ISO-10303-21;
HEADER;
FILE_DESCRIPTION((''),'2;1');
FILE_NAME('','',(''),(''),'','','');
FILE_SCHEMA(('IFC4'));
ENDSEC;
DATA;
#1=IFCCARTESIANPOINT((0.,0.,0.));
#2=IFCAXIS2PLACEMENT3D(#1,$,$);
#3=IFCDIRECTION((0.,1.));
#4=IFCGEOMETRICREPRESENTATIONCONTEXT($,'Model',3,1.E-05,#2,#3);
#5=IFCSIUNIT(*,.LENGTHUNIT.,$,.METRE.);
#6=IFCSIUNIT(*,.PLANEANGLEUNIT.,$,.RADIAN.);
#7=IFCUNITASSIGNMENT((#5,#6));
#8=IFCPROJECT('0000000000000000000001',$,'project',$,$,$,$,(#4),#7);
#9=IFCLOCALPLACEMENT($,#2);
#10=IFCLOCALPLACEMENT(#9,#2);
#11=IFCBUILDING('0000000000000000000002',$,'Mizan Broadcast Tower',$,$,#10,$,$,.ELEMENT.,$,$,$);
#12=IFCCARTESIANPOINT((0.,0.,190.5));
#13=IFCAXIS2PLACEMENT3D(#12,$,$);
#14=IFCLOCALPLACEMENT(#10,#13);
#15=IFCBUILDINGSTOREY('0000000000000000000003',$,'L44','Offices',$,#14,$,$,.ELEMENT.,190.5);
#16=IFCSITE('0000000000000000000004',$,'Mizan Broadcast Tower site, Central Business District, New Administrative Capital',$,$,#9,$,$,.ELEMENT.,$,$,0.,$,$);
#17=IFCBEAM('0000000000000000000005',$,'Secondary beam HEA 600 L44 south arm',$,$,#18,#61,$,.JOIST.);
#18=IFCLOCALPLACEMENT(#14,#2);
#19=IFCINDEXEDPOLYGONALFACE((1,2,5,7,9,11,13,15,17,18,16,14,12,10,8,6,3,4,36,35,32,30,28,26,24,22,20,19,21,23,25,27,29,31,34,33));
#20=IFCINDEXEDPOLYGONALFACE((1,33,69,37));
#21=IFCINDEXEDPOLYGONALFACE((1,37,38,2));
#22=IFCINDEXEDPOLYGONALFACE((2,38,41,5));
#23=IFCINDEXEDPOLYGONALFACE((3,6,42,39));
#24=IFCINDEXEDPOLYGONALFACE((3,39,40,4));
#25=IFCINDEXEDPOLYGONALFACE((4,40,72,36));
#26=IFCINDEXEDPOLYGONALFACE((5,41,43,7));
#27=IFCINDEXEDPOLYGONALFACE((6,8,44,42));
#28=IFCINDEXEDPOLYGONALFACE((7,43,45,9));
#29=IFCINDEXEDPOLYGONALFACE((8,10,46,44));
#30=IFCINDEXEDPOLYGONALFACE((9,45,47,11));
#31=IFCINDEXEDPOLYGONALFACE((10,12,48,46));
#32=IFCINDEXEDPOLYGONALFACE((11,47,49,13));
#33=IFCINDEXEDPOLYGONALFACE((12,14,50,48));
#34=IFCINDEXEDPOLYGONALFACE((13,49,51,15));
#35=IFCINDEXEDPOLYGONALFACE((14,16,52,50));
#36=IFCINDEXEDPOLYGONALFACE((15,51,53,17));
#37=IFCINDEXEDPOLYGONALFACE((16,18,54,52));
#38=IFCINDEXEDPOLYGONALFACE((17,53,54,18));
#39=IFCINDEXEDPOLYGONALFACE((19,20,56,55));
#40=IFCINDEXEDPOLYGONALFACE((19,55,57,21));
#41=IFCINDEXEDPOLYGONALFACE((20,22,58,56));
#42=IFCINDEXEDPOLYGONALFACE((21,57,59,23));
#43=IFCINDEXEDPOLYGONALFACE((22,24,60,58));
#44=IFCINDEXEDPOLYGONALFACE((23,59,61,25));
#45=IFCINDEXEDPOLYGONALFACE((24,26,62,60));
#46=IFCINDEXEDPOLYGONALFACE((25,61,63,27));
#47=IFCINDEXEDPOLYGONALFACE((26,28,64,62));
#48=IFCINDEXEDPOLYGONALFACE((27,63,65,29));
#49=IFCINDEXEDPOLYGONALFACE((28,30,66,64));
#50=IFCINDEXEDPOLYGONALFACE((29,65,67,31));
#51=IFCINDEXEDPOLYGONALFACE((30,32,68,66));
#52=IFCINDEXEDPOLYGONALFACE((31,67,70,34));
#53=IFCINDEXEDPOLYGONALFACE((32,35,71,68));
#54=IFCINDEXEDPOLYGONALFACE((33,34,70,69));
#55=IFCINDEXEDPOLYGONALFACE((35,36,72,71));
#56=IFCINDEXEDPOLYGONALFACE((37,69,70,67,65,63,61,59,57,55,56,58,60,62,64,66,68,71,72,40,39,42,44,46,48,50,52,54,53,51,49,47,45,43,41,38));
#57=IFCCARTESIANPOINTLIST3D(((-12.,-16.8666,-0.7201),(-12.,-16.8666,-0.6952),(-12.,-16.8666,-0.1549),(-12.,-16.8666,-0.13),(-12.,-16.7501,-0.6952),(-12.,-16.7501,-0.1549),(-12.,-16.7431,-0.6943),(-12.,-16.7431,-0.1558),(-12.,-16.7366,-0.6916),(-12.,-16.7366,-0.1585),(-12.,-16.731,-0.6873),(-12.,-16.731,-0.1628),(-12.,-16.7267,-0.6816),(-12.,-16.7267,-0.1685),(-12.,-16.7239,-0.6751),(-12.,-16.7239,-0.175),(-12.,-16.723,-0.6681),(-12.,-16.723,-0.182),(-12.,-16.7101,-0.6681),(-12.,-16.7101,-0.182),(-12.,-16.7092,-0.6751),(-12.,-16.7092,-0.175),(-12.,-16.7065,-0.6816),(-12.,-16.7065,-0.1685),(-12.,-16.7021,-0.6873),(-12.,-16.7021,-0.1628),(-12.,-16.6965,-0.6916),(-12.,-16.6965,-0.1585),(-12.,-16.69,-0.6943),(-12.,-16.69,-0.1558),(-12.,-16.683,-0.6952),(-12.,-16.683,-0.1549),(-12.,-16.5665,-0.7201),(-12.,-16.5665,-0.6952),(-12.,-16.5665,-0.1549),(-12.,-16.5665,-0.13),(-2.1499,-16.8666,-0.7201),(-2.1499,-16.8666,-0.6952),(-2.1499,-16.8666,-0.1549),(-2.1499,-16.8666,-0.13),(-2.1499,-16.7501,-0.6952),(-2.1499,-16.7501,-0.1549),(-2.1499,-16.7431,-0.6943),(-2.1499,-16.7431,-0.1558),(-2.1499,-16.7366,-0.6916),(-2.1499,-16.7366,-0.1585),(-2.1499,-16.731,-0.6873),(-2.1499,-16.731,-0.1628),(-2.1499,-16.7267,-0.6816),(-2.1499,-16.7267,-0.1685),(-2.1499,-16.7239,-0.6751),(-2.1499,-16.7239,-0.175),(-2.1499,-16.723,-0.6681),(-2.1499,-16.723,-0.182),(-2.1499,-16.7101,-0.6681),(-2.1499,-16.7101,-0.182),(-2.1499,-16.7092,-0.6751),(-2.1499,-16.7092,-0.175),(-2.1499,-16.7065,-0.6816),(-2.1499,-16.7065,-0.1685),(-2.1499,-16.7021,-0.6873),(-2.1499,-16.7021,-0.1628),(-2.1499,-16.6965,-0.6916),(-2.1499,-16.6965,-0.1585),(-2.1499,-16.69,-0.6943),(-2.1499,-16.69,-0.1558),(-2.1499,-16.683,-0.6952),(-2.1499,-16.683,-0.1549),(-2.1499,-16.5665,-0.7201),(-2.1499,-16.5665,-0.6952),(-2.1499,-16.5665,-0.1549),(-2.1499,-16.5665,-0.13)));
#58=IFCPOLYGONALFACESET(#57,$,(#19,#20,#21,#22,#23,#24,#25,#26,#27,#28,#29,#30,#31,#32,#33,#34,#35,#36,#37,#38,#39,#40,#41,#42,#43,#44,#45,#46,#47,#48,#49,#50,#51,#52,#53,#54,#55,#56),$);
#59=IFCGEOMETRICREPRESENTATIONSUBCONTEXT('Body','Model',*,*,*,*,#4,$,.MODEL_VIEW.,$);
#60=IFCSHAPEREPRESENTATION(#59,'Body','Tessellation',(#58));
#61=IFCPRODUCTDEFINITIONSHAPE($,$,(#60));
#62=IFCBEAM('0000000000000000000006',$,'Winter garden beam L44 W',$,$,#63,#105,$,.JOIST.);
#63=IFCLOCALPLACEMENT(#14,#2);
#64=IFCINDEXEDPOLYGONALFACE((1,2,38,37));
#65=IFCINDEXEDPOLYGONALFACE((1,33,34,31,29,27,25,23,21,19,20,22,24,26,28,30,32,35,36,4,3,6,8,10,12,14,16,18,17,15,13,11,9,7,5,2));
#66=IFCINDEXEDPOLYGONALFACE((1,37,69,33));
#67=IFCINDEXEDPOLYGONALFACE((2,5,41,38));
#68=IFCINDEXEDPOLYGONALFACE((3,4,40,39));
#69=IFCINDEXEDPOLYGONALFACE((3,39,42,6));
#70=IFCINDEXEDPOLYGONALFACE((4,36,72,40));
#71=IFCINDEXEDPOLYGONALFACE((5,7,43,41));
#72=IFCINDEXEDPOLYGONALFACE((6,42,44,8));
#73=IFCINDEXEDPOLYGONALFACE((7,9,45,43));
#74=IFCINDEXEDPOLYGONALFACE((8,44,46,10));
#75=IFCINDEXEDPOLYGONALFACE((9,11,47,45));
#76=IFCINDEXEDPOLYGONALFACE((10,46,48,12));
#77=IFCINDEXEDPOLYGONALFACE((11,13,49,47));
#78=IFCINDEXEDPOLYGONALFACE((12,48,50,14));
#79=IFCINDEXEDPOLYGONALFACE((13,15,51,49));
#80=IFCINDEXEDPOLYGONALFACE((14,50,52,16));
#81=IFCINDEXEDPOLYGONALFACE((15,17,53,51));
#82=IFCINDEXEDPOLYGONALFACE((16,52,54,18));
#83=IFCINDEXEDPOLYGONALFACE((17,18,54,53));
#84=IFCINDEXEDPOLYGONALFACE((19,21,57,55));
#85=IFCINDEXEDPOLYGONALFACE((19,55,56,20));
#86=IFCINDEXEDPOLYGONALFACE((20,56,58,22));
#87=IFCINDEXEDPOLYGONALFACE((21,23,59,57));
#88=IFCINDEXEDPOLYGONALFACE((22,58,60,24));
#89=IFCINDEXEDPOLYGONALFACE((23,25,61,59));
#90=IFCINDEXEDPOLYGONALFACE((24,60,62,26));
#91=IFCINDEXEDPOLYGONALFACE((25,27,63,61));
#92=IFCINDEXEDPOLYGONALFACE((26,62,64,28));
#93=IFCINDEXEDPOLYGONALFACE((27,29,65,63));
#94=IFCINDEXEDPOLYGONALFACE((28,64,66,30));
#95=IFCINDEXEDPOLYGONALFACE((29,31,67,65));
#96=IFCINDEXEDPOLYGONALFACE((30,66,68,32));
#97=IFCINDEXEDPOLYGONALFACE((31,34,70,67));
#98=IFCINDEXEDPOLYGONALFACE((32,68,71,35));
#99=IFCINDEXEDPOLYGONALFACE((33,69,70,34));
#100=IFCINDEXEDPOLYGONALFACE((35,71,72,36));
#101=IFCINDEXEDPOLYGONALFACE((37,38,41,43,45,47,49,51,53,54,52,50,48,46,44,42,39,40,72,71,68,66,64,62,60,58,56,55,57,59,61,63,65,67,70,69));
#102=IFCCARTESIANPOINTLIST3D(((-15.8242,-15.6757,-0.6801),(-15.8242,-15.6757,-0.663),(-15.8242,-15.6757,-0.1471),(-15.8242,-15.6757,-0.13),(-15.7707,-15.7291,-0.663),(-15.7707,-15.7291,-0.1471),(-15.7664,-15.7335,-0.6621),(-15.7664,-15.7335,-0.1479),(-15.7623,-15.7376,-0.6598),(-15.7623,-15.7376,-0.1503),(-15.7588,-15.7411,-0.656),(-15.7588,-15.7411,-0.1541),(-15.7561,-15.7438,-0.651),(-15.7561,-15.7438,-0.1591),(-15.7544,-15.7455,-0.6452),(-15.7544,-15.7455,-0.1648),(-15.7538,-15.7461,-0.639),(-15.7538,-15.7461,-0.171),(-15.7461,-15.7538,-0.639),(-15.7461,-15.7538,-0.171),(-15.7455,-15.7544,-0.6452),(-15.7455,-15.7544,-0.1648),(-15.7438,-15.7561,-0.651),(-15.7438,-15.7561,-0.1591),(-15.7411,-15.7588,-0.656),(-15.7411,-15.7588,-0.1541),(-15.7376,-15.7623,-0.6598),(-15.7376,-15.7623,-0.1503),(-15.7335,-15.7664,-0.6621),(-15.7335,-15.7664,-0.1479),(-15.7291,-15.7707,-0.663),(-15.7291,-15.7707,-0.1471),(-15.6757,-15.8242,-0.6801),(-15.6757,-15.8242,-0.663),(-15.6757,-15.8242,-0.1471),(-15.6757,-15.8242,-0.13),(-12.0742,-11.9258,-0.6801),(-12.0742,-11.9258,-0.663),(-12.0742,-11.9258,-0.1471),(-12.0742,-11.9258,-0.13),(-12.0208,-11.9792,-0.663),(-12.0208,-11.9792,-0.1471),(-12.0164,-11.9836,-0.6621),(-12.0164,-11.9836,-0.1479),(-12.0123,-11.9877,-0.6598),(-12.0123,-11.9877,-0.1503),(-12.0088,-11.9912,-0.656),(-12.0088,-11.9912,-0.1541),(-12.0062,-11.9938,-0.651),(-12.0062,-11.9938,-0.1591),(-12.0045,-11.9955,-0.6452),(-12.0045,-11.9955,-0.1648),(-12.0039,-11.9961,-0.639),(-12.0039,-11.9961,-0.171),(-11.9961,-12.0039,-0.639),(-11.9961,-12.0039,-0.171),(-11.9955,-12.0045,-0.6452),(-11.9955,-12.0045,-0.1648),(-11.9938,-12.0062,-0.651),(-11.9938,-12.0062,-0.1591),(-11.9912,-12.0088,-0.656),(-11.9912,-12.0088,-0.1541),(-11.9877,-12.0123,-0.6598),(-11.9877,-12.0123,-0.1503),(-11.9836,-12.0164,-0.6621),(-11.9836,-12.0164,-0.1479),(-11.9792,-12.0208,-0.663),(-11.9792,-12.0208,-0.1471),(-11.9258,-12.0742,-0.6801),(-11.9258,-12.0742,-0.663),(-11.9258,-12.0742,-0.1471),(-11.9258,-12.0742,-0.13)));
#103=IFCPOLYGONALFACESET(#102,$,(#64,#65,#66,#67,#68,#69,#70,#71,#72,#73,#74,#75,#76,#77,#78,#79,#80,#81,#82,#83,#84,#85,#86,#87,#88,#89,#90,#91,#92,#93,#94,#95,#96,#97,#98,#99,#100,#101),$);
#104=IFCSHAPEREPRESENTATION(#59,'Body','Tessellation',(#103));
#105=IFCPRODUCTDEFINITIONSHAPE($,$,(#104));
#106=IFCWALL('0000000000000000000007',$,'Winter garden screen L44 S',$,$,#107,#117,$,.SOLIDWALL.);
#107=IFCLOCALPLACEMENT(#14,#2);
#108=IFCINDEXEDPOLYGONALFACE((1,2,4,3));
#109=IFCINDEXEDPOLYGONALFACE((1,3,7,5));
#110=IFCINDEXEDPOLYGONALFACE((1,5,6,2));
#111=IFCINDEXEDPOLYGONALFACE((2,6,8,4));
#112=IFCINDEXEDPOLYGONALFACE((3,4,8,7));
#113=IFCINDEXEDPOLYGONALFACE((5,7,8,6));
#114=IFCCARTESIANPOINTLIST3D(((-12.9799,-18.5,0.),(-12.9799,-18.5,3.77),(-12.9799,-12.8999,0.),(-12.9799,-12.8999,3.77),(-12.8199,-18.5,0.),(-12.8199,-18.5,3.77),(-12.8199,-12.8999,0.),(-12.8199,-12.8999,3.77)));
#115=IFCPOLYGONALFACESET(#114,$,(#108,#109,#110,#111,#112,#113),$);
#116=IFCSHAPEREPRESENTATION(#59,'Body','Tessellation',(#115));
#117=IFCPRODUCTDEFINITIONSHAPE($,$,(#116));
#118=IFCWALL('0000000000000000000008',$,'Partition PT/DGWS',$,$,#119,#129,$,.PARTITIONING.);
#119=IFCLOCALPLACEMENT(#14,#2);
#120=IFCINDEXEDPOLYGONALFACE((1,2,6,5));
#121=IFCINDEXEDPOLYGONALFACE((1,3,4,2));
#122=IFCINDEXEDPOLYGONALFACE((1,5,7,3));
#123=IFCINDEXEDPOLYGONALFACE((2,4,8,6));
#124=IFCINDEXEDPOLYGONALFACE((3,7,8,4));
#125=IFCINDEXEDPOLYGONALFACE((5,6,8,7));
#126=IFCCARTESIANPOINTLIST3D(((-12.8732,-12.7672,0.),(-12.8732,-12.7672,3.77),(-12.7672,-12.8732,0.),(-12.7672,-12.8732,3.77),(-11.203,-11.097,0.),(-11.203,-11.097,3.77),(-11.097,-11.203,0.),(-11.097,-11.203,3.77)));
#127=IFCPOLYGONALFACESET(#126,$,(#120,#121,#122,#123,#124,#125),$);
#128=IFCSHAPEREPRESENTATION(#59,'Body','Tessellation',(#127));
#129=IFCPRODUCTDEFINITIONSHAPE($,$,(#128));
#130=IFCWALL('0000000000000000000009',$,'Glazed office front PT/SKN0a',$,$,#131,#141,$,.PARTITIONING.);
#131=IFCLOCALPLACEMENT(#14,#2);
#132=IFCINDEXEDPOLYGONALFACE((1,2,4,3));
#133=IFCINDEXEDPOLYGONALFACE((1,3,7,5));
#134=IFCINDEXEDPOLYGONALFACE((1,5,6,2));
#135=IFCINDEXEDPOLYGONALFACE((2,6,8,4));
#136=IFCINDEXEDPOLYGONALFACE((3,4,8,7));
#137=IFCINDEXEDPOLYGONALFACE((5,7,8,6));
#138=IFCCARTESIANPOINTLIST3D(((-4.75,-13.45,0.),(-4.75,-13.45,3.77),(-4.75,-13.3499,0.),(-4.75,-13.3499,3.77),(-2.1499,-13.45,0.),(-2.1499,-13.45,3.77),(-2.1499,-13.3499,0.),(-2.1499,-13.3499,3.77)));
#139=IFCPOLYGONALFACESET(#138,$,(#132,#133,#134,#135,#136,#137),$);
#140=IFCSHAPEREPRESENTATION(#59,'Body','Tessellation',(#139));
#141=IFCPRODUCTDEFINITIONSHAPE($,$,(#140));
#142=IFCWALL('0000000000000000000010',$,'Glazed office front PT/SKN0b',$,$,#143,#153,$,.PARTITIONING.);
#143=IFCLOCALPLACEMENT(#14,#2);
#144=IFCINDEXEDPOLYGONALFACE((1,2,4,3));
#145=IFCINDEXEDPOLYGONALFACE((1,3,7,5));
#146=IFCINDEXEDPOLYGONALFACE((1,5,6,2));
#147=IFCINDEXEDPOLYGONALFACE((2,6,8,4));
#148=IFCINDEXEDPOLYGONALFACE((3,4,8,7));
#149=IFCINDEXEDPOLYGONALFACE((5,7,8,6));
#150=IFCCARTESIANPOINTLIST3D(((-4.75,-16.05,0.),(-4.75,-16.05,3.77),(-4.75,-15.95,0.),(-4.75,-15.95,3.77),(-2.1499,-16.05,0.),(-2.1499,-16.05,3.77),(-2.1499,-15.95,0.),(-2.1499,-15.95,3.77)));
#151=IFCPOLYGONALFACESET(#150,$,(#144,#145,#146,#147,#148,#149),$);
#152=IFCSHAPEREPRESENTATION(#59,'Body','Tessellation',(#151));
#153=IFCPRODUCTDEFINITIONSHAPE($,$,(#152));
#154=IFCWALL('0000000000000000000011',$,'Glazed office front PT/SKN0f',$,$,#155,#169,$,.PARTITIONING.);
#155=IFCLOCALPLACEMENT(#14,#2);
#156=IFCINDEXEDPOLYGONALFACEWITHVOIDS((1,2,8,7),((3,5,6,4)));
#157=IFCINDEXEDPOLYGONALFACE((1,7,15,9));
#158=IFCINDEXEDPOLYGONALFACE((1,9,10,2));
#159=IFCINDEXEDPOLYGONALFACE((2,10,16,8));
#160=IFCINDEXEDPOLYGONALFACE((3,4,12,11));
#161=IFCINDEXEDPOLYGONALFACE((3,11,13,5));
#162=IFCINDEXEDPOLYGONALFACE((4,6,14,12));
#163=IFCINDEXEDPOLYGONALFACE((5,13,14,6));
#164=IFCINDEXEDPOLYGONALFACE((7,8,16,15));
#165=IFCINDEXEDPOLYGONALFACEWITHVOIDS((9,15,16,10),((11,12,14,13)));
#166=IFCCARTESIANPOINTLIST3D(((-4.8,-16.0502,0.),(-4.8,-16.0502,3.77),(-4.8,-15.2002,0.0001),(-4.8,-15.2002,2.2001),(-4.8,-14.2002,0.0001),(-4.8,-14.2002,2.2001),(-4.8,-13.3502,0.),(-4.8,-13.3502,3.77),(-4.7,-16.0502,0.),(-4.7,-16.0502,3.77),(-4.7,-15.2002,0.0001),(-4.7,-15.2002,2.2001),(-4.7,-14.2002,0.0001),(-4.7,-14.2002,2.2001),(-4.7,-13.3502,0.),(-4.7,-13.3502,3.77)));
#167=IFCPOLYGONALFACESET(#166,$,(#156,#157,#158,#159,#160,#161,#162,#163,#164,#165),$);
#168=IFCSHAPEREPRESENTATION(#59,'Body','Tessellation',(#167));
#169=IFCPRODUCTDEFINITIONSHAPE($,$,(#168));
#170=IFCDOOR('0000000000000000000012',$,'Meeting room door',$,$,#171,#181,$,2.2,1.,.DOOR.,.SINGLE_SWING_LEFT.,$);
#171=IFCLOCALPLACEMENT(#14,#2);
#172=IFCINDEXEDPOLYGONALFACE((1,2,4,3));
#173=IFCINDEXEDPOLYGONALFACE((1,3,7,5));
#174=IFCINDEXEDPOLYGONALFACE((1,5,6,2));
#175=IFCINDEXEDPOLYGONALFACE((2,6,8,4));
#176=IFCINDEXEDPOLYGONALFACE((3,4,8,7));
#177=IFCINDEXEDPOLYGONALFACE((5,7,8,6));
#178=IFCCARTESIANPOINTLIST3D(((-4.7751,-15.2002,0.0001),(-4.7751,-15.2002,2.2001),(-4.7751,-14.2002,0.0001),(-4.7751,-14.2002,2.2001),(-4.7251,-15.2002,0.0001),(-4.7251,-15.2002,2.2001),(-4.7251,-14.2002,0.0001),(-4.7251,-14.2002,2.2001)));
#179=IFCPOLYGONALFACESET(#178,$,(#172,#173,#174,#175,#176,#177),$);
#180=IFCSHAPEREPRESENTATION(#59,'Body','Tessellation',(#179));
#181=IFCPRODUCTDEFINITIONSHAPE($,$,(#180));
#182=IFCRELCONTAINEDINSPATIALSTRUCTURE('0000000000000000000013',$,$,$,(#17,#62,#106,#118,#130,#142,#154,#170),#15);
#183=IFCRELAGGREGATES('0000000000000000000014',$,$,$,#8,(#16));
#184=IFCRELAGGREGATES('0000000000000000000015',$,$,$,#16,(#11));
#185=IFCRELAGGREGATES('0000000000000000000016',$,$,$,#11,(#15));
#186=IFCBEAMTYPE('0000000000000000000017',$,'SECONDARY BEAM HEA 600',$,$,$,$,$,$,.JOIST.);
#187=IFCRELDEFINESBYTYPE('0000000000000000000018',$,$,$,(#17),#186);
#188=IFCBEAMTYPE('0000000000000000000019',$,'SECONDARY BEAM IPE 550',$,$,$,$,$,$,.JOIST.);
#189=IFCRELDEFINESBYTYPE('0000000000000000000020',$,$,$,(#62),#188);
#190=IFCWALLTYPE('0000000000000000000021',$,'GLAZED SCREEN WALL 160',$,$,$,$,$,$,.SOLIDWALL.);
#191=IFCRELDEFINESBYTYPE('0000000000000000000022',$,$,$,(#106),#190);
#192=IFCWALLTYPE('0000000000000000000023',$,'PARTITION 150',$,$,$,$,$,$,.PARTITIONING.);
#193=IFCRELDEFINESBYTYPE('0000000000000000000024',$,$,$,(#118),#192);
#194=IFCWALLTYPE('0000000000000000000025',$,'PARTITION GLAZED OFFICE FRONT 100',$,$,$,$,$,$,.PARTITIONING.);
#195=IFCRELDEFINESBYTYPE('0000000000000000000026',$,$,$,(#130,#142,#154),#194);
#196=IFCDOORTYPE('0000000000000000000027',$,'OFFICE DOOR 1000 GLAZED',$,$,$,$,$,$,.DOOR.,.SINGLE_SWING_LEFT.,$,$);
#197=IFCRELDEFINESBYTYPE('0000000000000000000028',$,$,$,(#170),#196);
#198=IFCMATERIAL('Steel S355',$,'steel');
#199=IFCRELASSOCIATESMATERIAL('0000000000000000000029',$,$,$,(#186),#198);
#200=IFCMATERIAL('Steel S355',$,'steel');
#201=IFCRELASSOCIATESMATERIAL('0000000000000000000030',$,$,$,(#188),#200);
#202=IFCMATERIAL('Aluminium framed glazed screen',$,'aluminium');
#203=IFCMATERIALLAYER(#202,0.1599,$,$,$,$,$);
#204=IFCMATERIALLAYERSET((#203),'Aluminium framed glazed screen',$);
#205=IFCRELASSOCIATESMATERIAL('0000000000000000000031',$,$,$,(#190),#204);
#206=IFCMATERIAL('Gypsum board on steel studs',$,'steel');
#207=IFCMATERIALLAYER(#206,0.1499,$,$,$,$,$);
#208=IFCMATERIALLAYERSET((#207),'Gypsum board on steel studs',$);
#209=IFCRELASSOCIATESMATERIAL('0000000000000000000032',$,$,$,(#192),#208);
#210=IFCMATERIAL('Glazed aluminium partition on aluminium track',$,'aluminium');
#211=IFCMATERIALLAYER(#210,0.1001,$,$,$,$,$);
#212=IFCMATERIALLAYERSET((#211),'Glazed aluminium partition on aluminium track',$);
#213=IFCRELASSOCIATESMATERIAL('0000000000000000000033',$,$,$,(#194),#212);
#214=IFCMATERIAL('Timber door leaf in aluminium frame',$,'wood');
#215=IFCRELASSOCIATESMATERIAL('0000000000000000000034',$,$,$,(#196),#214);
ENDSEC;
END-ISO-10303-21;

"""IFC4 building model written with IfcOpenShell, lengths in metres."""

from ifc_helpers import new_model, si_unit, direction, frame, frame_2d, origin, origin_2d, place, context, subcontext, project, spatial, rectangle, i_section, extrude, material, layer, layer_set, material_profile, profile_set, type_object, element, fill, save


model = new_model("IFC4")

# Units and contexts
model_context = context("Model", 3, precision=1e-05, world=origin(), true_north=direction((0.0, 1.0)))
body_context = subcontext(model_context, "Body", "Model", "MODEL_VIEW")
ifc_project = project(units=[si_unit("LENGTHUNIT", "METRE"), si_unit("PLANEANGLEUNIT", "RADIAN")], contexts=[model_context])

# Site, building, storey
site_placement = place(None, origin())
site = spatial("IfcSite", under=ifc_project, at=site_placement, Name="Mizan Broadcast Tower site, Central Business District, New Administrative Capital", CompositionType="ELEMENT", RefElevation=0.0)
building_placement = place(site_placement, origin())
building = spatial("IfcBuilding", under=site, at=building_placement, Name="Mizan Broadcast Tower", CompositionType="ELEMENT")
storey_placement = place(building_placement, frame((0.0, 0.0, 190.5)))
storey = spatial("IfcBuildingStorey", under=building, at=storey_placement, Name="L44", Description="Offices", CompositionType="ELEMENT", Elevation=190.5)

# Beams
ifc_material_1 = material(Name="Steel S355", Category="steel")
ifc_material_profile_1 = material_profile(ifc_material_1, i_section(OverallWidth=0.3, OverallDepth=0.5901, WebThickness=0.0129, FlangeThickness=0.0249, FilletRadius=0.0271, at=origin_2d()), Name="HEA 600")
ifc_profile_set_1 = profile_set([ifc_material_profile_1], Name="Steel S355")
beam_type_1 = type_object("IfcBeamType", Name="SECONDARY BEAM HEA 600", PredefinedType="JOIST", material=ifc_profile_set_1)
for number, where, z_axis, x_axis, name in (
    (1, (-12.0, -16.7166, -0.425), (1.0, 0.0, 0.0), (0.0, 1.0, 0.0), "Secondary beam HEA 600 L44 south arm"),
):
    element("IfcBeam", number, at=place(storey_placement, frame(where, z_axis=z_axis, x_axis=x_axis)), inside=storey, type_object=beam_type_1, Name=name, PredefinedType="JOIST", context=body_context, shape_type="SweptSolid", body=[
        extrude(i_section(OverallWidth=0.3, OverallDepth=0.5901, WebThickness=0.0129, FlangeThickness=0.0249, FilletRadius=0.0271, at=origin_2d()), origin(), (0.0, 0.0, 1.0), 9.8501),
    ])
ifc_material_2 = material(Name="Steel S355", Category="steel")
ifc_material_profile_2 = material_profile(ifc_material_2, i_section(OverallWidth=0.21, OverallDepth=0.55, WebThickness=0.011, FlangeThickness=0.0171, FilletRadius=0.0239, at=origin_2d()), Name="IPE 550")
ifc_profile_set_2 = profile_set([ifc_material_profile_2], Name="Steel S355")
beam_type_2 = type_object("IfcBeamType", Name="SECONDARY BEAM IPE 550", PredefinedType="JOIST", material=ifc_profile_set_2)
beam_1_placement = place(storey_placement, frame((-12.0, -12.0, -0.405), z_axis=(-0.707107, -0.707107, 0.0), x_axis=(0.707107, -0.707107, 0.0)))
element("IfcBeam", 2, at=beam_1_placement, inside=storey, type_object=beam_type_2, Name="Winter garden beam L44 W", PredefinedType="JOIST", context=body_context, shape_type="SweptSolid", body=[
    extrude(i_section(OverallWidth=0.21, OverallDepth=0.55, WebThickness=0.011, FlangeThickness=0.0171, FilletRadius=0.0239, at=origin_2d()), origin(), (0.0, 0.0, 1.0), 5.3032),
])

# Walls
ifc_material_3 = material(Name="Aluminium framed glazed screen", Category="aluminium")
ifc_layer_1 = layer(ifc_material_3, 0.1599)
ifc_layer_set_1 = layer_set([ifc_layer_1], Name="Aluminium framed glazed screen")
wall_type_1 = type_object("IfcWallType", Name="GLAZED SCREEN WALL 160", PredefinedType="SOLIDWALL", material=ifc_layer_set_1)
wall_1_placement = place(storey_placement, frame((-12.8999, -12.8999, 0.0), z_axis=(0.0, 0.0, 1.0), x_axis=(0.0, -1.0, 0.0)))
element("IfcWall", 3, at=wall_1_placement, inside=storey, type_object=wall_type_1, Name="Winter garden screen L44 S", PredefinedType="SOLIDWALL", context=body_context, shape_type="SweptSolid", body=[
    extrude(rectangle(XDim=5.6001, YDim=0.1599, at=frame_2d((2.8, 0.0))), origin(), (0.0, 0.0, 1.0), 3.77),
])
ifc_material_4 = material(Name="Gypsum board on steel studs", Category="steel")
ifc_layer_2 = layer(ifc_material_4, 0.1499)
ifc_layer_set_2 = layer_set([ifc_layer_2], Name="Gypsum board on steel studs")
wall_type_2 = type_object("IfcWallType", Name="PARTITION 150", PredefinedType="PARTITIONING", material=ifc_layer_set_2)
wall_2_placement = place(storey_placement, frame((-11.1499, -11.1499, 0.0), z_axis=(0.0, 0.0, 1.0), x_axis=(-0.707107, -0.707107, 0.0)))
element("IfcWall", 4, at=wall_2_placement, inside=storey, type_object=wall_type_2, Name="Partition PT/DGWS", PredefinedType="PARTITIONING", context=body_context, shape_type="SweptSolid", body=[
    extrude(rectangle(XDim=2.3621, YDim=0.1499, at=frame_2d((1.1812, 0.0))), origin(), (0.0, 0.0, 1.0), 3.77),
])
ifc_material_5 = material(Name="Glazed aluminium partition on aluminium track", Category="aluminium")
ifc_layer_3 = layer(ifc_material_5, 0.1001)
ifc_layer_set_3 = layer_set([ifc_layer_3], Name="Glazed aluminium partition on aluminium track")
wall_type_3 = type_object("IfcWallType", Name="PARTITION GLAZED OFFICE FRONT 100", PredefinedType="PARTITIONING", material=ifc_layer_set_3)
for number, where, z_axis, x_axis, name in (
    (5, (-2.1499, -13.3999, 0.0), (0.0, 0.0, 1.0), (-1.0, 0.0, 0.0), "Glazed office front PT/SKN0a"),
    (6, (-2.1499, -16.0, 0.0), (0.0, 0.0, 1.0), (-1.0, 0.0, 0.0), "Glazed office front PT/SKN0b"),
):
    element("IfcWall", number, at=place(storey_placement, frame(where, z_axis=z_axis, x_axis=x_axis)), inside=storey, type_object=wall_type_3, Name=name, PredefinedType="PARTITIONING", context=body_context, shape_type="SweptSolid", body=[
        extrude(rectangle(XDim=2.6001, YDim=0.1001, at=frame_2d((1.3, 0.0))), origin(), (0.0, 0.0, 1.0), 3.77),
    ])

# Wall, opening, door
wall_3_placement = place(storey_placement, frame((-4.75, -13.3501, 0.0), z_axis=(0.0, 0.0, 1.0), x_axis=(0.0, -1.0, 0.0)))
wall_3 = element("IfcWall", 7, at=wall_3_placement, inside=storey, type_object=wall_type_3, Name="Glazed office front PT/SKN0f", PredefinedType="PARTITIONING", context=body_context, shape_type="SweptSolid", body=[
    extrude(rectangle(XDim=2.7, YDim=0.1001, at=frame_2d((1.3501, 0.0))), origin(), (0.0, 0.0, 1.0), 3.77),
])
opening_placement = place(wall_3_placement, frame((0.8501, 0.0, 0.0)))
opening = element("IfcOpeningElement", 8, at=opening_placement, cuts=wall_3, PredefinedType="OPENING", context=body_context, shape_type="SweptSolid", body=[
    extrude(rectangle(XDim=1.0, YDim=2.2, at=frame_2d((0.5, 1.1001))), frame((0.0, 0.0601, 0.0), z_axis=(0.0, -1.0, 0.0), x_axis=(1.0, 0.0, 0.0)), (0.0, 0.0, 1.0), 0.1201),
])
ifc_material_6 = material(Name="Timber door leaf in aluminium frame", Category="wood")
door_type = type_object("IfcDoorType", Name="OFFICE DOOR 1000 GLAZED", OperationType="SINGLE_SWING_LEFT", PredefinedType="DOOR", material=ifc_material_6)
door_placement = place(opening_placement, origin())
door = element("IfcDoor", 9, at=door_placement, inside=storey, type_object=door_type, Name="Meeting room door", OperationType="SINGLE_SWING_LEFT", OverallHeight=2.2, OverallWidth=1.0, PredefinedType="DOOR", context=body_context, shape_type="SweptSolid", body=[
    extrude(rectangle(XDim=1.0, YDim=2.2, at=frame_2d((0.5, 1.1001))), frame((0.0, 0.0249, 0.0), z_axis=(0.0, -1.0, 0.0), x_axis=(1.0, 0.0, 0.0)), (0.0, 0.0, 1.0), 0.05),
])
fill(opening, door)

save(model, "model.ifc")
